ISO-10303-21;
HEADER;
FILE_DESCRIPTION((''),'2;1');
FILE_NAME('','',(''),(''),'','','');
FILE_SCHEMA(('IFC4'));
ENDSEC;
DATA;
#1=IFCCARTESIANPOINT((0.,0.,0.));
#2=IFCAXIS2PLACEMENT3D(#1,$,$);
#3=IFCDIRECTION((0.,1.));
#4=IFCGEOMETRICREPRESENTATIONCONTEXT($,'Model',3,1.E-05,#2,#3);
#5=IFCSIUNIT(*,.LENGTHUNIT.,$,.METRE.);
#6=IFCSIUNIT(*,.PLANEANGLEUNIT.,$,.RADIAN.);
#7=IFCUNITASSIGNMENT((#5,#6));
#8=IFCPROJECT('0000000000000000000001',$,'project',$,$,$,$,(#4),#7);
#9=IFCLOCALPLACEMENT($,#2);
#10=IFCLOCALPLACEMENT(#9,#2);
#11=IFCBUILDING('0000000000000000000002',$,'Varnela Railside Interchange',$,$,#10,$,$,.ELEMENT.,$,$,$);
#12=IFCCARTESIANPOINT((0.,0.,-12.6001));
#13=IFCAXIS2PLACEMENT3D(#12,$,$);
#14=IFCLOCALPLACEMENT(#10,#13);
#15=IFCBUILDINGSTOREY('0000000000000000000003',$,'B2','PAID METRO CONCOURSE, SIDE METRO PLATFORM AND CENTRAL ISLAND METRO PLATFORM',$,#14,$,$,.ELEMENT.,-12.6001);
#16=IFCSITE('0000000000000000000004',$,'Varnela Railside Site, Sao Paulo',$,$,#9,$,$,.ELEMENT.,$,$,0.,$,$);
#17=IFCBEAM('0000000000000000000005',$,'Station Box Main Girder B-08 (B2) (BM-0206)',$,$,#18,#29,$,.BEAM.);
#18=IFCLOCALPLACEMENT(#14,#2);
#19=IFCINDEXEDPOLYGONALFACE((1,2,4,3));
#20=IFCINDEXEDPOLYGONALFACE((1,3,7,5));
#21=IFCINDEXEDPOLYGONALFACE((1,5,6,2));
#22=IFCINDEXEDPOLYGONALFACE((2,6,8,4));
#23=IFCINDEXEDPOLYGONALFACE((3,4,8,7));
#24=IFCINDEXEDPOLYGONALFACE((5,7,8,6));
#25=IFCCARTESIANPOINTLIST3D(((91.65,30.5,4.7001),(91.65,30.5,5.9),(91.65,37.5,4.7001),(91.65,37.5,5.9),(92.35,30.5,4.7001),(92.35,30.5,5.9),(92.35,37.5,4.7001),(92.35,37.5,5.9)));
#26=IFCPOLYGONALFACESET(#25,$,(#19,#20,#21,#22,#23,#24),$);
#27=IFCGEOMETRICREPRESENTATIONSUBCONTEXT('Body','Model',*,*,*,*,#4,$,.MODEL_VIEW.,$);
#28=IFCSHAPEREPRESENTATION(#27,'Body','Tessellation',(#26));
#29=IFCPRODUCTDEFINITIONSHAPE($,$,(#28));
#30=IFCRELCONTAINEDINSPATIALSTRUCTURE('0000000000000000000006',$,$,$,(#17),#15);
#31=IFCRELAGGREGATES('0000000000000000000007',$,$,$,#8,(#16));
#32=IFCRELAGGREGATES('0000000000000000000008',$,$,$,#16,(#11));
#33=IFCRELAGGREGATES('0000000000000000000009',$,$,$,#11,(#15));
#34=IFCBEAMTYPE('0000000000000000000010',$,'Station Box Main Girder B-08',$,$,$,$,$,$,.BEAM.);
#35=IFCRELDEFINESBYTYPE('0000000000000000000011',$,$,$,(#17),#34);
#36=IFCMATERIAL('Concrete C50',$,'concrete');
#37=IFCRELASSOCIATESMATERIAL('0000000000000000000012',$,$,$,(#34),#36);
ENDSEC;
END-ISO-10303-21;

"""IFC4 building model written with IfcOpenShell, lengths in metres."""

from ifc_helpers import new_model, si_unit, direction, frame, origin, origin_2d, place, context, subcontext, project, spatial, rectangle, extrude, material, material_profile, profile_set, type_object, element, save


model = new_model("IFC4")

# Units and contexts
model_context = context("Model", 3, precision=1e-05, world=origin(), true_north=direction((0.0, 1.0)))
body_context = subcontext(model_context, "Body", "Model", "MODEL_VIEW")
ifc_project = project(units=[si_unit("LENGTHUNIT", "METRE"), si_unit("PLANEANGLEUNIT", "RADIAN")], contexts=[model_context])

# Site, building, storey
site_placement = place(None, origin())
site = spatial("IfcSite", under=ifc_project, at=site_placement, Name="Varnela Railside Site, Sao Paulo", CompositionType="ELEMENT", RefElevation=0.0)
building_placement = place(site_placement, origin())
building = spatial("IfcBuilding", under=site, at=building_placement, Name="Varnela Railside Interchange", CompositionType="ELEMENT")
storey_placement = place(building_placement, frame((0.0, 0.0, -12.6001)))
storey = spatial("IfcBuildingStorey", under=building, at=storey_placement, Name="B2", Description="PAID METRO CONCOURSE, SIDE METRO PLATFORM AND CENTRAL ISLAND METRO PLATFORM", CompositionType="ELEMENT", Elevation=-12.6001)

# Shared definitions
ifc_material_1 = material(Name="Concrete C50", Category="concrete")

# Beam
ifc_material_profile_1 = material_profile(ifc_material_1, rectangle(XDim=0.7, YDim=1.2, at=origin_2d()), Name="RC 700x1200")
ifc_profile_set_1 = profile_set([ifc_material_profile_1], Name="Concrete C50")
beam_type_1 = type_object("IfcBeamType", Name="Station Box Main Girder B-08", PredefinedType="BEAM", material=ifc_profile_set_1)
beam_1_placement = place(storey_placement, frame((92.0, 30.5, 5.3), z_axis=(0.0, 1.0, 0.0), x_axis=(-1.0, 0.0, 0.0)))
element("IfcBeam", 1, at=beam_1_placement, inside=storey, type_object=beam_type_1, Name="Station Box Main Girder B-08 (B2) (BM-0206)", PredefinedType="BEAM", context=body_context, shape_type="SweptSolid", body=[
    extrude(rectangle(XDim=0.7, YDim=1.2, at=origin_2d()), origin(), (0.0, 0.0, 1.0), 7.0),
])

save(model, "model.ifc")
